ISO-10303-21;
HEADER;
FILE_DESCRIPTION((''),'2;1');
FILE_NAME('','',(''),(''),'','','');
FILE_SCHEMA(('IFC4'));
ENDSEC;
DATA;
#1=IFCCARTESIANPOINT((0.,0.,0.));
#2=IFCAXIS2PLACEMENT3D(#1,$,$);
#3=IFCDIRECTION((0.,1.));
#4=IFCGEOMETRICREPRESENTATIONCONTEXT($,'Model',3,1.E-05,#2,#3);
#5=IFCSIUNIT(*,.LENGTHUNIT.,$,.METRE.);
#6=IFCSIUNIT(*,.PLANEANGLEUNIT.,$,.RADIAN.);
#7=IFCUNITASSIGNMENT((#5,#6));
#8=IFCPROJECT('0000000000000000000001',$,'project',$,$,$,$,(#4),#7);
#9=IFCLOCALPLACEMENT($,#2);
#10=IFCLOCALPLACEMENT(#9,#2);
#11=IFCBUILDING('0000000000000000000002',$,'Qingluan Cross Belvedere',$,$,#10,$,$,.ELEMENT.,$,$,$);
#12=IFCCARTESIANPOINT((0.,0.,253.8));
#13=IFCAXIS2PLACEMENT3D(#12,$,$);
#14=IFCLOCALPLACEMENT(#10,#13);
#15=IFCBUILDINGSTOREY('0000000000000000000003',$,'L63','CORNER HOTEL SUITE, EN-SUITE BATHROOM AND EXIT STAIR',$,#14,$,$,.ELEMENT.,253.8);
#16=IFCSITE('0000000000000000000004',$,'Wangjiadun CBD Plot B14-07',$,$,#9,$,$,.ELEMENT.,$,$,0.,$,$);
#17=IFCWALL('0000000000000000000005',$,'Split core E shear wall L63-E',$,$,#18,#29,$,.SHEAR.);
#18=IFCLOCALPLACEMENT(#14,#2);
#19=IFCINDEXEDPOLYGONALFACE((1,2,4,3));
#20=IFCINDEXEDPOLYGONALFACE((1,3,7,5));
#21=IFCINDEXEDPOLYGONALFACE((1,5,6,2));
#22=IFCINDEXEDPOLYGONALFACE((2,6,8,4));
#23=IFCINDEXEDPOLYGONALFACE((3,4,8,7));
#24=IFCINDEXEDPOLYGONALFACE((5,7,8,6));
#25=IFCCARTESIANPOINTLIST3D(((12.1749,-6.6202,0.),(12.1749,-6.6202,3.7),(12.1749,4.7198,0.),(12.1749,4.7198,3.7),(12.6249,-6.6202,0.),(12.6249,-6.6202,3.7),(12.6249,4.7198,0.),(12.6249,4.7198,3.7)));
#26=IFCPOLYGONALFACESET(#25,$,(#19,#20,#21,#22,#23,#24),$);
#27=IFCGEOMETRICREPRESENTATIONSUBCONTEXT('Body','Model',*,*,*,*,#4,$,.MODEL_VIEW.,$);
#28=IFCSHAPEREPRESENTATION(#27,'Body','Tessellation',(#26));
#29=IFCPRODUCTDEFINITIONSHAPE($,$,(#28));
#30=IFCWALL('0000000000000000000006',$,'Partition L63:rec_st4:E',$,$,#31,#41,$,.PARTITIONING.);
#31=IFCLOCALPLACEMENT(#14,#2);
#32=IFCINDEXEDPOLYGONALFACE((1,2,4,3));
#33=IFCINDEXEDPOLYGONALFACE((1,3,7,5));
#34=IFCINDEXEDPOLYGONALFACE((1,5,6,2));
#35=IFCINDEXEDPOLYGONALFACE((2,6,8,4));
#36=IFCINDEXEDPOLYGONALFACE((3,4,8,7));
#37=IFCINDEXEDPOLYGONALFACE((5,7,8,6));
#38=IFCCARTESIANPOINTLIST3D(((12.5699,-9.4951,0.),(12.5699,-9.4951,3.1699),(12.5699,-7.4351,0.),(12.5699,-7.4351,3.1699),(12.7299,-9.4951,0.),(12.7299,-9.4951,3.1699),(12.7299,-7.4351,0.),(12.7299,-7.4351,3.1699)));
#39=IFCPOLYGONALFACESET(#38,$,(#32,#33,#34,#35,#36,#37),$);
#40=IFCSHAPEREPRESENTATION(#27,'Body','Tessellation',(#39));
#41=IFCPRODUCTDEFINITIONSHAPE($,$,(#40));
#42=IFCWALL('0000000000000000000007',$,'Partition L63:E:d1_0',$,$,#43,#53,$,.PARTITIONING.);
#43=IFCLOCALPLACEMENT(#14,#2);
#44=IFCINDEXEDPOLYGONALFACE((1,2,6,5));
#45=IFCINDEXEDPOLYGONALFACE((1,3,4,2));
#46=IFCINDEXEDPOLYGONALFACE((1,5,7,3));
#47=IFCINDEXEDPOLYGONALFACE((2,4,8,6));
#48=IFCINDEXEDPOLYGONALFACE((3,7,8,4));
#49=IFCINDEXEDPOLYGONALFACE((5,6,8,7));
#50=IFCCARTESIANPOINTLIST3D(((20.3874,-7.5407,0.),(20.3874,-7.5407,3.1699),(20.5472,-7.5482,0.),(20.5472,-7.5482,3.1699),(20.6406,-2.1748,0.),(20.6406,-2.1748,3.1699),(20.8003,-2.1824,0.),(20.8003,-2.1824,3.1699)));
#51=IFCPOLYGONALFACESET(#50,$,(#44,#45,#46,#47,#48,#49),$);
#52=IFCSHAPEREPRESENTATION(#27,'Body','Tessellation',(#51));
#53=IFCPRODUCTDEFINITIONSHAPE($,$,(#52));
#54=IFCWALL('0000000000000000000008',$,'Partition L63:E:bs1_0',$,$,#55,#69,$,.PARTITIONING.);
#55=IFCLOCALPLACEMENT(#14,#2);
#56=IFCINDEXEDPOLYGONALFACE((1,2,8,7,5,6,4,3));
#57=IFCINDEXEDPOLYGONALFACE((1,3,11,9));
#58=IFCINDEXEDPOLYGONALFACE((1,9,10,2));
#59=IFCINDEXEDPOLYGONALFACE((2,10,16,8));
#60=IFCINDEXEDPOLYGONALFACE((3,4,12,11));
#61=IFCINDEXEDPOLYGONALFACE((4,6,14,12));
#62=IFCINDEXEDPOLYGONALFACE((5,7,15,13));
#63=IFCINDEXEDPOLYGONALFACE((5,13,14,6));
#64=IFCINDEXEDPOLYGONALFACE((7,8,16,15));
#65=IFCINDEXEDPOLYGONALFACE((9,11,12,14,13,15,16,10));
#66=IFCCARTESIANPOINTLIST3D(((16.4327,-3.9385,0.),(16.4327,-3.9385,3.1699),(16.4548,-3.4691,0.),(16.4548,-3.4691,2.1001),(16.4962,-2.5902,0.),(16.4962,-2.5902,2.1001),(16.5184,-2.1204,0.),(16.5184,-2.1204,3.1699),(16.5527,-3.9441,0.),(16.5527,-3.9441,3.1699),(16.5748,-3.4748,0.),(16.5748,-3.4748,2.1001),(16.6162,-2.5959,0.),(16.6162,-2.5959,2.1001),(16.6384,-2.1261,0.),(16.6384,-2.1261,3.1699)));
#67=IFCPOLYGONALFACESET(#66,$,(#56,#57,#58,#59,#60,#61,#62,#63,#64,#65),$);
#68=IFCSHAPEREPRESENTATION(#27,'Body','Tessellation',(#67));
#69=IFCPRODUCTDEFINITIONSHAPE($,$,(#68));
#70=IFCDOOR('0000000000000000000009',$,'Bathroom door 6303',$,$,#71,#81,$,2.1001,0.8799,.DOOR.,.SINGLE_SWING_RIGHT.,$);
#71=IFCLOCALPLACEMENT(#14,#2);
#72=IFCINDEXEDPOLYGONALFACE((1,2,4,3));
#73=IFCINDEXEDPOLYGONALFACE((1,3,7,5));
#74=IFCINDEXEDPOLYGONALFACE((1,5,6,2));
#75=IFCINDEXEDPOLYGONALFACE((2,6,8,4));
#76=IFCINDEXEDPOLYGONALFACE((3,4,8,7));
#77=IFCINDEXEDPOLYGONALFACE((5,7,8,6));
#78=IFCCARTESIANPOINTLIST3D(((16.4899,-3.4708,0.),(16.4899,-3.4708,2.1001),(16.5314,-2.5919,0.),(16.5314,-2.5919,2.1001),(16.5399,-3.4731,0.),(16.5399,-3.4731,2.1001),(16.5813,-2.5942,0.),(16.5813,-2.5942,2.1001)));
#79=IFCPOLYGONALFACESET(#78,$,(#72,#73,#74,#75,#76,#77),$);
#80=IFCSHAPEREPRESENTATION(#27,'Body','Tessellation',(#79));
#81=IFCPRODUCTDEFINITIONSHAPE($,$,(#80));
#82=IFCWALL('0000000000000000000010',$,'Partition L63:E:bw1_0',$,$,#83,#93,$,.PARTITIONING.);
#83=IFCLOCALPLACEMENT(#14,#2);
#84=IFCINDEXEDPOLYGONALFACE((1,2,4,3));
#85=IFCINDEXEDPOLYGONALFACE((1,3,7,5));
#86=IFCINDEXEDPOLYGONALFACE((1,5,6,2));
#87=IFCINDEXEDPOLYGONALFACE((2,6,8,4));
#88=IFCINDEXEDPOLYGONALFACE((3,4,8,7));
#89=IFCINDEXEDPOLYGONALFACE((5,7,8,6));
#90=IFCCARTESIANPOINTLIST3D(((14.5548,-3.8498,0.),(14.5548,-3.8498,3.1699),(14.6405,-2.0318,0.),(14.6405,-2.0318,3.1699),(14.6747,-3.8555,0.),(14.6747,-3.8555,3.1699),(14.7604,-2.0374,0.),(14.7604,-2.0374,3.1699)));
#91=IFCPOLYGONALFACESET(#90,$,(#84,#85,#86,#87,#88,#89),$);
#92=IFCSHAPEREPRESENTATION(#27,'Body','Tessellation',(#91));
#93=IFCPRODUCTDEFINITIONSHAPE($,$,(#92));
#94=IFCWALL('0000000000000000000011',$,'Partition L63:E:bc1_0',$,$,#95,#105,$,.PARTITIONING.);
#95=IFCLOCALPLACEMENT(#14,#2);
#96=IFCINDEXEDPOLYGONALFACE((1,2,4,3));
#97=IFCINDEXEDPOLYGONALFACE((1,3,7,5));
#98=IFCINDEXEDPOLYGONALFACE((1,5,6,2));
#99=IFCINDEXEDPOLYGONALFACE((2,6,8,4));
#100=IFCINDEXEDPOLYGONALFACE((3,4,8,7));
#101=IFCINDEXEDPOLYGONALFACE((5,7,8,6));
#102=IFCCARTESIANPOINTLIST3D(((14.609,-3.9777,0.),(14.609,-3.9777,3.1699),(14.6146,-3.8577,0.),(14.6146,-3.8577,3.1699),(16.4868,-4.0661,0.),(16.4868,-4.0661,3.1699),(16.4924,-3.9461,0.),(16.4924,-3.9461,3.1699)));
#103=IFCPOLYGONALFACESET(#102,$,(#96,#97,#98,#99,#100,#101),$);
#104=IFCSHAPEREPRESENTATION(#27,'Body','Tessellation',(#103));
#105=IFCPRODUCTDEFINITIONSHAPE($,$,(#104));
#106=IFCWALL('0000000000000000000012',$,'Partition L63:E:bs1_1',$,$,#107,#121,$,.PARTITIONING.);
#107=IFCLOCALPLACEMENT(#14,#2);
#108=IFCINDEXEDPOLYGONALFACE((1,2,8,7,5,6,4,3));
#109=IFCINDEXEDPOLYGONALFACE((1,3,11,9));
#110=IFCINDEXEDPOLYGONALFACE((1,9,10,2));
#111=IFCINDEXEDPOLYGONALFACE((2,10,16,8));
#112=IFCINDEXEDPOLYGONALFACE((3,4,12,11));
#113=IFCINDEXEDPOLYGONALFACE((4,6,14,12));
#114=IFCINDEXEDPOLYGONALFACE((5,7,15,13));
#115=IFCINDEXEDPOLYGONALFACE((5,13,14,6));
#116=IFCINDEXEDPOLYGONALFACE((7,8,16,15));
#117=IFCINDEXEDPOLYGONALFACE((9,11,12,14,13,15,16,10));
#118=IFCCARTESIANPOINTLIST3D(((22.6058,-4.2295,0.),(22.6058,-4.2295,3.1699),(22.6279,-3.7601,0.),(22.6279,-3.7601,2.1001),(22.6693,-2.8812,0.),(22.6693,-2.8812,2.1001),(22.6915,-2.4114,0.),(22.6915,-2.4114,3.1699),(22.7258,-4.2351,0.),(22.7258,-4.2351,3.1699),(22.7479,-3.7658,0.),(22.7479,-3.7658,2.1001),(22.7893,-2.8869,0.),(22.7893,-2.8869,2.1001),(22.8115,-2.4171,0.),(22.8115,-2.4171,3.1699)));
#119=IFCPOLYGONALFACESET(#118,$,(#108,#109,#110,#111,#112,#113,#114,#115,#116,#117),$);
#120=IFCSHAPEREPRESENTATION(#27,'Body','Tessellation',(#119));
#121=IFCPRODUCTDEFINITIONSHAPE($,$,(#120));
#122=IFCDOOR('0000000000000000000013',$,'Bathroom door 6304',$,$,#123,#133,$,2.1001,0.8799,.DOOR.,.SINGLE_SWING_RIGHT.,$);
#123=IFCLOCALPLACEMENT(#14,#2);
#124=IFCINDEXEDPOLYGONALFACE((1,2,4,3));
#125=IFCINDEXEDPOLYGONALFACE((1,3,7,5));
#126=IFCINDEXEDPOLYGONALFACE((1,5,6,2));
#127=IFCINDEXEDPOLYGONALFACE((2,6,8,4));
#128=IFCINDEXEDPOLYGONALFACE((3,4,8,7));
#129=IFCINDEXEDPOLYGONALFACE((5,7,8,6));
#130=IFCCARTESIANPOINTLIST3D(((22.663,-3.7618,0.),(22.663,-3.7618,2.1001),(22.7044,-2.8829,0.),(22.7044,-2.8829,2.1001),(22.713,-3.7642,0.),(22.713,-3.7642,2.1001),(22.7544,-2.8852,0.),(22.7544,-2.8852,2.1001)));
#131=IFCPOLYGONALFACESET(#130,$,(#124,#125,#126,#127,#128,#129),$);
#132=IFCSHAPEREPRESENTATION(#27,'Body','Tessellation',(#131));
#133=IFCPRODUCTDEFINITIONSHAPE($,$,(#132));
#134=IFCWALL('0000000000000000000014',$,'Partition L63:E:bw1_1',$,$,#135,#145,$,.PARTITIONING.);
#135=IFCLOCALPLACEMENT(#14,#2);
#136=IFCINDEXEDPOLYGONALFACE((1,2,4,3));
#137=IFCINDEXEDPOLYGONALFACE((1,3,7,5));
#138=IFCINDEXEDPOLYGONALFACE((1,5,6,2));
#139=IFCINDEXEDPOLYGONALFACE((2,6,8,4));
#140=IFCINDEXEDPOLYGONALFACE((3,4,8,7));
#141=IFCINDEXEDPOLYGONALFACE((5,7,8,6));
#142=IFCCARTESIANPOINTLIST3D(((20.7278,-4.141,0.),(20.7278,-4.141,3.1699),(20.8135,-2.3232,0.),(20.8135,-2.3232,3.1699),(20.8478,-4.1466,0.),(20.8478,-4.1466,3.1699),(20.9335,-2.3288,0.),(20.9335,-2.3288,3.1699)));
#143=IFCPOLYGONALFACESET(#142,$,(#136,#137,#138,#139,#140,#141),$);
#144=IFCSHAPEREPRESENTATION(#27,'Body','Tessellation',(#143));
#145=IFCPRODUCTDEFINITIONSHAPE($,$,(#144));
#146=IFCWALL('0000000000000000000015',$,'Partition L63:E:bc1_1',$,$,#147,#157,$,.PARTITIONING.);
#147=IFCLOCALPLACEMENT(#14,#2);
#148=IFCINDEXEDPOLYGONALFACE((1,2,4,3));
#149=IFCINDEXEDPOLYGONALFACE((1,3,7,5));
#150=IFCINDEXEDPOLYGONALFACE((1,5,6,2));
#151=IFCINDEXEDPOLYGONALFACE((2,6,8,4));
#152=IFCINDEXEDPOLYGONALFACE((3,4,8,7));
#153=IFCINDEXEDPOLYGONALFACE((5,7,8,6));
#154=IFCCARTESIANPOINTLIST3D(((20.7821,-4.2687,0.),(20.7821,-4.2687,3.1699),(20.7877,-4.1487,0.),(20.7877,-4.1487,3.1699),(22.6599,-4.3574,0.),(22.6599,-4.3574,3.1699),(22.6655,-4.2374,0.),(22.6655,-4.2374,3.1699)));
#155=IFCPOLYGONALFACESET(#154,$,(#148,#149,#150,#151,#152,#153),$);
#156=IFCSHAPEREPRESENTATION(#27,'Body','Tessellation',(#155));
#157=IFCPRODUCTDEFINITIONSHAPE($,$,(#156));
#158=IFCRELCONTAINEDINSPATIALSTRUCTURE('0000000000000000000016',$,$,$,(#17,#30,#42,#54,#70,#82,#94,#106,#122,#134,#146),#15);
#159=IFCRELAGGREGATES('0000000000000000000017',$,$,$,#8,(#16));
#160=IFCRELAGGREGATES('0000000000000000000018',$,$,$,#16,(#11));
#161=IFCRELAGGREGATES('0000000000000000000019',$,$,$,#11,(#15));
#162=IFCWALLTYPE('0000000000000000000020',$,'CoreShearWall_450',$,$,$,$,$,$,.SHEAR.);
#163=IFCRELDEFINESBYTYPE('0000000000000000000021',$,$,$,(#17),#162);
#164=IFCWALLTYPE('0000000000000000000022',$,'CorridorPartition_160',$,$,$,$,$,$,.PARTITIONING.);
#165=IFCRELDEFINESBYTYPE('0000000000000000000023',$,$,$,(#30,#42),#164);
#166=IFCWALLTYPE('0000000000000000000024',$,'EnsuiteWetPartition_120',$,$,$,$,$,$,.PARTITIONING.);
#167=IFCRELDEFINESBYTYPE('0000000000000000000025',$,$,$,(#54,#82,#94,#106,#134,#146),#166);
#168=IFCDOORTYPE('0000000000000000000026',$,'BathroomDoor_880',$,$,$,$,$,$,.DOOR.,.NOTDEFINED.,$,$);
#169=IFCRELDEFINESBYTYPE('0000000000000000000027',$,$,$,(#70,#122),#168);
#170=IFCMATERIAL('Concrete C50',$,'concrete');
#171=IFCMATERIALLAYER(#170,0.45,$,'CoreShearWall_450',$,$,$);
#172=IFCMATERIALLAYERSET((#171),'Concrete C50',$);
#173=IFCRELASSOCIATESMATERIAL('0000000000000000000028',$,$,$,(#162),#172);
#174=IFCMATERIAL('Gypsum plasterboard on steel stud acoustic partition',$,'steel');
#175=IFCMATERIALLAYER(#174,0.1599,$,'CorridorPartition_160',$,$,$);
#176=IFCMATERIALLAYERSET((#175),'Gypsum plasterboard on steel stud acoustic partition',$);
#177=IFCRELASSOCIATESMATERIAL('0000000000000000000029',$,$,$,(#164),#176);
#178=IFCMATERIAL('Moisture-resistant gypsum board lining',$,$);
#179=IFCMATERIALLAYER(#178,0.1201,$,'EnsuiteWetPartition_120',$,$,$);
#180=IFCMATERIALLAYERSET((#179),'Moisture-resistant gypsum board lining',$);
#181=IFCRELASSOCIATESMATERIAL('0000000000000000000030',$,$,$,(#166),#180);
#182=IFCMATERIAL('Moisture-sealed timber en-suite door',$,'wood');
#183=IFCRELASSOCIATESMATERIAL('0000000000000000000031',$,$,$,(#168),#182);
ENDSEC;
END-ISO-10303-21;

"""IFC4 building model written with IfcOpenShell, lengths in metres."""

from ifc_helpers import new_model, si_unit, direction, frame, frame_2d, origin, place, context, subcontext, project, spatial, rectangle, extrude, material, layer, layer_set, type_object, element, fill, save


model = new_model("IFC4")

# Units and contexts
model_context = context("Model", 3, precision=1e-05, world=origin(), true_north=direction((0.0, 1.0)))
body_context = subcontext(model_context, "Body", "Model", "MODEL_VIEW")
ifc_project = project(units=[si_unit("LENGTHUNIT", "METRE"), si_unit("PLANEANGLEUNIT", "RADIAN")], contexts=[model_context])

# Site, building, storey
site_placement = place(None, origin())
site = spatial("IfcSite", under=ifc_project, at=site_placement, Name="Wangjiadun CBD Plot B14-07", CompositionType="ELEMENT", RefElevation=0.0)
building_placement = place(site_placement, origin())
building = spatial("IfcBuilding", under=site, at=building_placement, Name="Qingluan Cross Belvedere", CompositionType="ELEMENT")
storey_placement = place(building_placement, frame((0.0, 0.0, 253.8)))
storey = spatial("IfcBuildingStorey", under=building, at=storey_placement, Name="L63", Description="CORNER HOTEL SUITE, EN-SUITE BATHROOM AND EXIT STAIR", CompositionType="ELEMENT", Elevation=253.8)

# Walls
ifc_material_1 = material(Name="Concrete C50", Category="concrete")
ifc_layer_1 = layer(ifc_material_1, 0.45, Name="CoreShearWall_450")
ifc_layer_set_1 = layer_set([ifc_layer_1], Name="Concrete C50")
wall_type_1 = type_object("IfcWallType", Name="CoreShearWall_450", PredefinedType="SHEAR", material=ifc_layer_set_1)
wall_1_placement = place(storey_placement, frame((12.3999, -6.6201, 0.0), z_axis=(0.0, 0.0, 1.0), x_axis=(0.0, 1.0, 0.0)))
element("IfcWall", 1, at=wall_1_placement, inside=storey, type_object=wall_type_1, Name="Split core E shear wall L63-E", PredefinedType="SHEAR", context=body_context, shape_type="SweptSolid", body=[
    extrude(rectangle(XDim=11.3401, YDim=0.45, at=frame_2d((5.6699, 0.0))), origin(), (0.0, 0.0, 1.0), 3.7),
])
ifc_material_2 = material(Name="Gypsum plasterboard on steel stud acoustic partition", Category="steel")
ifc_layer_2 = layer(ifc_material_2, 0.1599, Name="CorridorPartition_160")
ifc_layer_set_2 = layer_set([ifc_layer_2], Name="Gypsum plasterboard on steel stud acoustic partition")
wall_type_2 = type_object("IfcWallType", Name="CorridorPartition_160", PredefinedType="PARTITIONING", material=ifc_layer_set_2)
wall_2_placement = place(storey_placement, frame((12.6499, -9.4951, 0.0), z_axis=(0.0, 0.0, 1.0), x_axis=(0.0, 1.0, 0.0)))
element("IfcWall", 2, at=wall_2_placement, inside=storey, type_object=wall_type_2, Name="Partition L63:rec_st4:E", PredefinedType="PARTITIONING", context=body_context, shape_type="SweptSolid", body=[
    extrude(rectangle(XDim=2.0601, YDim=0.1599, at=frame_2d((1.03, 0.0))), origin(), (0.0, 0.0, 1.0), 3.1699),
])
wall_3_placement = place(storey_placement, frame((20.7205, -2.1785, 0.0), z_axis=(0.0, 0.0, 1.0), x_axis=(-0.047129, -0.998889, 0.0)))
element("IfcWall", 3, at=wall_3_placement, inside=storey, type_object=wall_type_2, Name="Partition L63:E:d1_0", PredefinedType="PARTITIONING", context=body_context, shape_type="SweptSolid", body=[
    extrude(rectangle(XDim=5.3718, YDim=0.1599, at=frame_2d((2.686, 0.0))), origin(), (0.0, 0.0, 1.0), 3.1699),
])

# Wall, opening, door
ifc_material_3 = material(Name="Moisture-resistant gypsum board lining")
ifc_layer_3 = layer(ifc_material_3, 0.1201, Name="EnsuiteWetPartition_120")
ifc_layer_set_3 = layer_set([ifc_layer_3], Name="Moisture-resistant gypsum board lining")
wall_type_3 = type_object("IfcWallType", Name="EnsuiteWetPartition_120", PredefinedType="PARTITIONING", material=ifc_layer_set_3)
wall_4_placement = place(storey_placement, frame((16.4927, -3.9414, 0.0), z_axis=(0.0, 0.0, 1.0), x_axis=(0.047081, 0.998891, 0.0)))
wall_4 = element("IfcWall", 4, at=wall_4_placement, inside=storey, type_object=wall_type_3, Name="Partition L63:E:bs1_0", PredefinedType="PARTITIONING", context=body_context, shape_type="SweptSolid", body=[
    extrude(rectangle(XDim=1.8201, YDim=0.1201, at=frame_2d((0.9102, 0.0))), origin(), (0.0, 0.0, 1.0), 3.1699),
])
opening_1_placement = place(wall_4_placement, frame((0.47, 0.0, 0.0)))
opening_1 = element("IfcOpeningElement", 5, at=opening_1_placement, cuts=wall_4, PredefinedType="OPENING", context=body_context, shape_type="SweptSolid", body=[
    extrude(rectangle(XDim=0.8799, YDim=2.1001, at=frame_2d((0.4399, 1.05))), frame((0.0, 0.0701, 0.0), z_axis=(0.0, -1.0, 0.0), x_axis=(1.0, 0.0, 0.0)), (0.0, 0.0, 1.0), 0.1401),
])
ifc_material_4 = material(Name="Moisture-sealed timber en-suite door", Category="wood")
door_type = type_object("IfcDoorType", Name="BathroomDoor_880", OperationType="NOTDEFINED", PredefinedType="DOOR", material=ifc_material_4)
door_1_placement = place(opening_1_placement, origin())
door_1 = element("IfcDoor", 6, at=door_1_placement, inside=storey, type_object=door_type, Name="Bathroom door 6303", OperationType="SINGLE_SWING_RIGHT", OverallHeight=2.1001, OverallWidth=0.8799, PredefinedType="DOOR", context=body_context, shape_type="SweptSolid", body=[
    extrude(rectangle(XDim=0.8799, YDim=2.1001, at=frame_2d((0.4399, 1.05))), frame((0.0, 0.0249, 0.0), z_axis=(0.0, -1.0, 0.0), x_axis=(1.0, 0.0, 0.0)), (0.0, 0.0, 1.0), 0.05),
])
fill(opening_1, door_1)

# Walls
wall_5_placement = place(storey_placement, frame((14.6147, -3.8528, 0.0), z_axis=(0.0, 0.0, 1.0), x_axis=(0.047081, 0.998891, 0.0)))
element("IfcWall", 7, at=wall_5_placement, inside=storey, type_object=wall_type_3, Name="Partition L63:E:bw1_0", PredefinedType="PARTITIONING", context=body_context, shape_type="SweptSolid", body=[
    extrude(rectangle(XDim=1.8201, YDim=0.1201, at=frame_2d((0.9102, 0.0))), origin(), (0.0, 0.0, 1.0), 3.1699),
])
wall_6_placement = place(storey_placement, frame((14.6118, -3.9177, 0.0), z_axis=(0.0, 0.0, 1.0), x_axis=(0.998894, -0.047016, 0.0)))
element("IfcWall", 8, at=wall_6_placement, inside=storey, type_object=wall_type_3, Name="Partition L63:E:bc1_0", PredefinedType="PARTITIONING", context=body_context, shape_type="SweptSolid", body=[
    extrude(rectangle(XDim=1.8799, YDim=0.1201, at=frame_2d((0.9399, 0.0))), origin(), (0.0, 0.0, 1.0), 3.1699),
])

# Wall, opening, door
wall_7_placement = place(storey_placement, frame((22.6658, -4.2324, 0.0), z_axis=(0.0, 0.0, 1.0), x_axis=(0.047081, 0.998891, 0.0)))
wall_7 = element("IfcWall", 9, at=wall_7_placement, inside=storey, type_object=wall_type_3, Name="Partition L63:E:bs1_1", PredefinedType="PARTITIONING", context=body_context, shape_type="SweptSolid", body=[
    extrude(rectangle(XDim=1.8201, YDim=0.1201, at=frame_2d((0.9102, 0.0))), origin(), (0.0, 0.0, 1.0), 3.1699),
])
opening_2_placement = place(wall_7_placement, frame((0.47, 0.0, 0.0)))
opening_2 = element("IfcOpeningElement", 10, at=opening_2_placement, cuts=wall_7, PredefinedType="OPENING", context=body_context, shape_type="SweptSolid", body=[
    extrude(rectangle(XDim=0.8799, YDim=2.1001, at=frame_2d((0.4399, 1.05))), frame((0.0, 0.0701, 0.0), z_axis=(0.0, -1.0, 0.0), x_axis=(1.0, 0.0, 0.0)), (0.0, 0.0, 1.0), 0.1401),
])
door_2_placement = place(opening_2_placement, origin())
door_2 = element("IfcDoor", 11, at=door_2_placement, inside=storey, type_object=door_type, Name="Bathroom door 6304", OperationType="SINGLE_SWING_RIGHT", OverallHeight=2.1001, OverallWidth=0.8799, PredefinedType="DOOR", context=body_context, shape_type="SweptSolid", body=[
    extrude(rectangle(XDim=0.8799, YDim=2.1001, at=frame_2d((0.4399, 1.05))), frame((0.0, 0.0249, 0.0), z_axis=(0.0, -1.0, 0.0), x_axis=(1.0, 0.0, 0.0)), (0.0, 0.0, 1.0), 0.05),
])
fill(opening_2, door_2)

# Walls
wall_8_placement = place(storey_placement, frame((20.7878, -4.1438, 0.0), z_axis=(0.0, 0.0, 1.0), x_axis=(0.047087, 0.998891, 0.0)))
element("IfcWall", 12, at=wall_8_placement, inside=storey, type_object=wall_type_3, Name="Partition L63:E:bw1_1", PredefinedType="PARTITIONING", context=body_context, shape_type="SweptSolid", body=[
    extrude(rectangle(XDim=1.8198, YDim=0.1201, at=frame_2d((0.9099, 0.0))), origin(), (0.0, 0.0, 1.0), 3.1699),
])
wall_9_placement = place(storey_placement, frame((20.7849, -4.2087, 0.0), z_axis=(0.0, 0.0, 1.0), x_axis=(0.998888, -0.047146, 0.0)))
element("IfcWall", 13, at=wall_9_placement, inside=storey, type_object=wall_type_3, Name="Partition L63:E:bc1_1", PredefinedType="PARTITIONING", context=body_context, shape_type="SweptSolid", body=[
    extrude(rectangle(XDim=1.8799, YDim=0.1201, at=frame_2d((0.9399, 0.0))), origin(), (0.0, 0.0, 1.0), 3.1699),
])

save(model, "model.ifc")
